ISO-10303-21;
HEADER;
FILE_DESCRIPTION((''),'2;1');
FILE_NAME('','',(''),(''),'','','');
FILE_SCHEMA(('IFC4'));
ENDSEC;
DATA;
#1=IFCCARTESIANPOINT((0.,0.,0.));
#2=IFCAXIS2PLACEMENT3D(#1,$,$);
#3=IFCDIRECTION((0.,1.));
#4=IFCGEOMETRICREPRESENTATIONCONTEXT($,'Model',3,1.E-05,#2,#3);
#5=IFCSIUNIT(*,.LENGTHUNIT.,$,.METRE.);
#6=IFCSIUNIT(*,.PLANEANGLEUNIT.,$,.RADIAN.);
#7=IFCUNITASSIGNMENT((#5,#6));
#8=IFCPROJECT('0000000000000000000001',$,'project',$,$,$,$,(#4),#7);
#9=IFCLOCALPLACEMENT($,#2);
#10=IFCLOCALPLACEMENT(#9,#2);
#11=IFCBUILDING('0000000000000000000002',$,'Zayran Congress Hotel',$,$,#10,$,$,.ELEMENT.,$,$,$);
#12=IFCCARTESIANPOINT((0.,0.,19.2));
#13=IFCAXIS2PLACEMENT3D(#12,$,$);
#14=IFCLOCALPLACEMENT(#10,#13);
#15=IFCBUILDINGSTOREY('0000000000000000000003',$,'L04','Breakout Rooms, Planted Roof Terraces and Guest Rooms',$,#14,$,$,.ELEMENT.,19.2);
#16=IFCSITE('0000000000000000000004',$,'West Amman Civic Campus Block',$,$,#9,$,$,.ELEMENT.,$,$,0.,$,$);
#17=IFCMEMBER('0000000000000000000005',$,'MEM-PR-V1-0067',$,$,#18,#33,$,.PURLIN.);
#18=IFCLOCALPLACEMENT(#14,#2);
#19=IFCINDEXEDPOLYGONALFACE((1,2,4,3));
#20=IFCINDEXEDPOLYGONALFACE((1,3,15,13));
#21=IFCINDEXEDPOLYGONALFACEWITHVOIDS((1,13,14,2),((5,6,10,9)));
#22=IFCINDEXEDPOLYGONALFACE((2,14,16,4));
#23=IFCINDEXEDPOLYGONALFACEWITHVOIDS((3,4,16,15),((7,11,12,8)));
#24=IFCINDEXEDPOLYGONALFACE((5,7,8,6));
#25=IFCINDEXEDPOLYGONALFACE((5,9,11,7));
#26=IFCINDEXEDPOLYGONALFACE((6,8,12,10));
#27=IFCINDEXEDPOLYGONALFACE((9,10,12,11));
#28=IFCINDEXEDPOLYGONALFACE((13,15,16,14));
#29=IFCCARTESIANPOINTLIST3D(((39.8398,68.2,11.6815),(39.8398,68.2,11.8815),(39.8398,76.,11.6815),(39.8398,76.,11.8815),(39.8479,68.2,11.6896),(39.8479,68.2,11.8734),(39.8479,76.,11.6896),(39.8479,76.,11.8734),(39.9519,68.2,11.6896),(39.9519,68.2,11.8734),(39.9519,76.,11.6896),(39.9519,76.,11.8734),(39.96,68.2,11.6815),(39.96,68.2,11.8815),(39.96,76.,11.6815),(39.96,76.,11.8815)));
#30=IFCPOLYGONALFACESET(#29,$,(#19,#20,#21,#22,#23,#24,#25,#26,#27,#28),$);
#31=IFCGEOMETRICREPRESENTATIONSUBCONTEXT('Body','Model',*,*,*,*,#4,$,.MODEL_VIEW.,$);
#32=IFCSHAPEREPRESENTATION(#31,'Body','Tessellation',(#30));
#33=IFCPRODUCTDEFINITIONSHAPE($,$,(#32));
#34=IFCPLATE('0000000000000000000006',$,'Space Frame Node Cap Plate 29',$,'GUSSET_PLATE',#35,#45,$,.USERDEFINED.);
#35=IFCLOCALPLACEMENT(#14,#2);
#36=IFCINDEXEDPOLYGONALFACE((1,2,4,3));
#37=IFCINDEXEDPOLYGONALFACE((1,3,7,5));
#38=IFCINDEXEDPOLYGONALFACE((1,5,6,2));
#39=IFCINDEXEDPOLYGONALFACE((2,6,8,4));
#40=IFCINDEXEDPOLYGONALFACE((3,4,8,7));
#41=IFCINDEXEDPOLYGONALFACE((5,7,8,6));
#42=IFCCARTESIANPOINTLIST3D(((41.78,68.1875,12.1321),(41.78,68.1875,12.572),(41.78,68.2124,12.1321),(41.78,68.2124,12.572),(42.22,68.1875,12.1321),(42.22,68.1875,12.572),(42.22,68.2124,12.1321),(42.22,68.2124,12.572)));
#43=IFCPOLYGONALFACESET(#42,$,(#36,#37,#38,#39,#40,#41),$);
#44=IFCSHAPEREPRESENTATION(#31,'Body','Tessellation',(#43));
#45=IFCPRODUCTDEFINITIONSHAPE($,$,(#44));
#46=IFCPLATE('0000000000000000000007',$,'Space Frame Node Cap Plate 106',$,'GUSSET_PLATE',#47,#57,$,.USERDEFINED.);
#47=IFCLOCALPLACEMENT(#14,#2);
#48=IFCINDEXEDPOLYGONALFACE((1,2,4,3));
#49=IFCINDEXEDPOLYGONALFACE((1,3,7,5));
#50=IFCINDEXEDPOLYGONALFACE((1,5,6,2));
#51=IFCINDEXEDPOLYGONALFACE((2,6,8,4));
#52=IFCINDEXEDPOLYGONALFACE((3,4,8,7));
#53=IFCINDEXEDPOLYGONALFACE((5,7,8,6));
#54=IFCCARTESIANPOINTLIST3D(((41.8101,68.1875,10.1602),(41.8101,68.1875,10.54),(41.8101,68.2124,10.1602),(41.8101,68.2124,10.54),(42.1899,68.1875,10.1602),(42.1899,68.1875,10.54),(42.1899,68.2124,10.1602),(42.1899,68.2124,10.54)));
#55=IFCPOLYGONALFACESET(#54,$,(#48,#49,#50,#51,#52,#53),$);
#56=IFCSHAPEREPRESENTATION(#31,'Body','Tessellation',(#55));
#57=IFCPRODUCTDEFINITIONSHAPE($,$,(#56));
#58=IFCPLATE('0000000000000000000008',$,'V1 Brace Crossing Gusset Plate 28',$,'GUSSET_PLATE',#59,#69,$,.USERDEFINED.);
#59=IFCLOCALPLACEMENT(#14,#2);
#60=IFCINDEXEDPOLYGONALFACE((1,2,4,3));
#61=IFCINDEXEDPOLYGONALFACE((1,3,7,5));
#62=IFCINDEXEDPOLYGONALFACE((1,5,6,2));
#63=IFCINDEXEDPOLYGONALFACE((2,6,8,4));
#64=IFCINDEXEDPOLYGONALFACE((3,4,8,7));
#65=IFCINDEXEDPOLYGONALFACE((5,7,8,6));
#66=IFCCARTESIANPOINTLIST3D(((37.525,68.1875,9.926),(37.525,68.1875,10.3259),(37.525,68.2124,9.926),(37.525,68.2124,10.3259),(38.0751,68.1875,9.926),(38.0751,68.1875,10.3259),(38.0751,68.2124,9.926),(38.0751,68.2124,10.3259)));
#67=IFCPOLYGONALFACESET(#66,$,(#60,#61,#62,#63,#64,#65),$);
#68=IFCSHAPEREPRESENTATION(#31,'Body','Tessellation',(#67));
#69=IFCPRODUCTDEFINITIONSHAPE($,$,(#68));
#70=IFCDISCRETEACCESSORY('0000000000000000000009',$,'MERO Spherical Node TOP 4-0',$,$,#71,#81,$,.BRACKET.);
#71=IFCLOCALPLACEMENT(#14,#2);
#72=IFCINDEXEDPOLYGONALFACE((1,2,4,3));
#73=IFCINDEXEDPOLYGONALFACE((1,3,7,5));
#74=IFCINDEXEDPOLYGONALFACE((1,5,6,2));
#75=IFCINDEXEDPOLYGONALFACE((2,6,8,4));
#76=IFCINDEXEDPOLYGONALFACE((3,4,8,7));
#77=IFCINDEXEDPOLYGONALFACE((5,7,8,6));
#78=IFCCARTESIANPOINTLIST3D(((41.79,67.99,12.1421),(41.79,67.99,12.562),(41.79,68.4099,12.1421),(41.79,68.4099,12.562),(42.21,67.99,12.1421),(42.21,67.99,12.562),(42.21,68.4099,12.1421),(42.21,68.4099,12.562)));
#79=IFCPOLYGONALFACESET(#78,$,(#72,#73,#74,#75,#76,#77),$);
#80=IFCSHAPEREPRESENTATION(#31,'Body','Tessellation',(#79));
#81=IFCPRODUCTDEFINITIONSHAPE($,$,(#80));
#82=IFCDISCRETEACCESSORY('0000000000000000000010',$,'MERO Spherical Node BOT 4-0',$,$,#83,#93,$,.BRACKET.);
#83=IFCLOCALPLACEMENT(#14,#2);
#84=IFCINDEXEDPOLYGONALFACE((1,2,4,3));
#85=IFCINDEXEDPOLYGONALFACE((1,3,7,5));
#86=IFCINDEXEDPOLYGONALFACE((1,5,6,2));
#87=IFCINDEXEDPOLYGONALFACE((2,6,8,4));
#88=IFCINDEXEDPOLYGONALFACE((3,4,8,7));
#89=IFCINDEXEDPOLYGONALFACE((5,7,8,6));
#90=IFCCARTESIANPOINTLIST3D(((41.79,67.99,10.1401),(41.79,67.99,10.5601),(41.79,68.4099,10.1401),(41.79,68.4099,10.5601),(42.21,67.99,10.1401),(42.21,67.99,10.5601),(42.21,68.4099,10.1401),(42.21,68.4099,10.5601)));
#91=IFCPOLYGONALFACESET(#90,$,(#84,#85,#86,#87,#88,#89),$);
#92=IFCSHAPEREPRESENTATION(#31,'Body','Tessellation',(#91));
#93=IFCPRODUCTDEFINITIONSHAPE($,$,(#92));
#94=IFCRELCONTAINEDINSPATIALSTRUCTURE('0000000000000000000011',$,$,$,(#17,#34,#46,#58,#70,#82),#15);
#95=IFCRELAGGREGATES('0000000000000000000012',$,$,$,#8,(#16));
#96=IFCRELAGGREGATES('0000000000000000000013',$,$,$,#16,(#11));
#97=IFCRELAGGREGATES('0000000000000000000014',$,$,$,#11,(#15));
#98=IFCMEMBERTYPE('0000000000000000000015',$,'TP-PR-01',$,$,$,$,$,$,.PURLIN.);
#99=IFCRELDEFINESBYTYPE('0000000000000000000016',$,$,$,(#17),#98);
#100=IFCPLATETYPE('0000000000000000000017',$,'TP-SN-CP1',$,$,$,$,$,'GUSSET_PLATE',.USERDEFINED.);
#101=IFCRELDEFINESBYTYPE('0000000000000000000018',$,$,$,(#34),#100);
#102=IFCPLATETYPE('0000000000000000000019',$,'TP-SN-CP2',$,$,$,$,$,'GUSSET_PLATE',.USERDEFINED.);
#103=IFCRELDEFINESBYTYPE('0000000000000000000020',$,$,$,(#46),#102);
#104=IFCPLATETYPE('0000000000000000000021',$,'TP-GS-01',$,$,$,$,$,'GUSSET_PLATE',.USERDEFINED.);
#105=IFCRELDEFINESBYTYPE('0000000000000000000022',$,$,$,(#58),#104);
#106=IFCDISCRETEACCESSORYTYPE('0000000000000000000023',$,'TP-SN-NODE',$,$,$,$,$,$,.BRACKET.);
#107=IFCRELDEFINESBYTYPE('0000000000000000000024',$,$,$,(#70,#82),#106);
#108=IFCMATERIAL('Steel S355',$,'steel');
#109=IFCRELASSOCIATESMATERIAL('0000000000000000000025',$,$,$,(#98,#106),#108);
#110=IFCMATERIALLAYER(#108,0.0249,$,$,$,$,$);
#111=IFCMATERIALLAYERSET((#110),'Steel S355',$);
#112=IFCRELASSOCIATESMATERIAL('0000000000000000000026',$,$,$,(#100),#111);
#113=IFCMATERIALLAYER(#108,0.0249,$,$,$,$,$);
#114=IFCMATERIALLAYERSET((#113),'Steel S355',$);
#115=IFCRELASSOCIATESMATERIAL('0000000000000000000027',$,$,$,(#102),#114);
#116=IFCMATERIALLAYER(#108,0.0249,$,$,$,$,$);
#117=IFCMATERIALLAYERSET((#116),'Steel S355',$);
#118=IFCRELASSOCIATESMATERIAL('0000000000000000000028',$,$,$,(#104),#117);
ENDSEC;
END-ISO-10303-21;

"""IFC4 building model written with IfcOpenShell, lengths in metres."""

from ifc_helpers import new_model, si_unit, direction, frame, origin, origin_2d, place, context, subcontext, project, spatial, rectangle, hollow_rectangle, extrude, material, layer, layer_set, material_profile, profile_set, type_object, element, save


model = new_model("IFC4")

# Units and contexts
model_context = context("Model", 3, precision=1e-05, world=origin(), true_north=direction((0.0, 1.0)))
body_context = subcontext(model_context, "Body", "Model", "MODEL_VIEW")
ifc_project = project(units=[si_unit("LENGTHUNIT", "METRE"), si_unit("PLANEANGLEUNIT", "RADIAN")], contexts=[model_context])

# Site, building, storey
site_placement = place(None, origin())
site = spatial("IfcSite", under=ifc_project, at=site_placement, Name="West Amman Civic Campus Block", CompositionType="ELEMENT", RefElevation=0.0)
building_placement = place(site_placement, origin())
building = spatial("IfcBuilding", under=site, at=building_placement, Name="Zayran Congress Hotel", CompositionType="ELEMENT")
storey_placement = place(building_placement, frame((0.0, 0.0, 19.2)))
storey = spatial("IfcBuildingStorey", under=building, at=storey_placement, Name="L04", Description="Breakout Rooms, Planted Roof Terraces and Guest Rooms", CompositionType="ELEMENT", Elevation=19.2)

# Shared definitions
ifc_material = material(Name="Steel S355", Category="steel")

# Member
ifc_material_profile_1 = material_profile(ifc_material, hollow_rectangle(XDim=0.1201, YDim=0.2, WallThickness=0.0081, at=origin_2d()), Name="RHS 200x120x8")
ifc_profile_set_1 = profile_set([ifc_material_profile_1], Name="Steel S355")
member_type_1 = type_object("IfcMemberType", Name="TP-PR-01", PredefinedType="PURLIN", material=ifc_profile_set_1)
for number, where, z_axis, x_axis, name in (
    (1, (39.8999, 68.2, 11.7815), (0.0, 1.0, 0.0), (-1.0, 0.0, 0.0), "MEM-PR-V1-0067"),
):
    element("IfcMember", number, at=place(storey_placement, frame(where, z_axis=z_axis, x_axis=x_axis)), inside=storey, type_object=member_type_1, Name=name, PredefinedType="PURLIN", context=body_context, shape_type="SweptSolid", body=[
        extrude(hollow_rectangle(XDim=0.1201, YDim=0.2, WallThickness=0.0081, at=origin_2d()), origin(), (0.0, 0.0, 1.0), 7.8),
    ])

# Plates
ifc_layer_1 = layer(ifc_material, 0.0249)
ifc_layer_set_1 = layer_set([ifc_layer_1], Name="Steel S355")
plate_type_1 = type_object("IfcPlateType", Name="TP-SN-CP1", ElementType="GUSSET_PLATE", PredefinedType="USERDEFINED", material=ifc_layer_set_1)
plate_1_placement = place(storey_placement, frame((42.0, 68.2, 12.1321), z_axis=(0.0, 0.0, 1.0), x_axis=(1.0, 0.0, 0.0)))
element("IfcPlate", 2, at=plate_1_placement, inside=storey, type_object=plate_type_1, Name="Space Frame Node Cap Plate 29", ObjectType="GUSSET_PLATE", PredefinedType="USERDEFINED", context=body_context, shape_type="SweptSolid", body=[
    extrude(rectangle(XDim=0.4399, YDim=0.0249, at=origin_2d()), origin(), (0.0, 0.0, 1.0), 0.4399),
])
ifc_layer_2 = layer(ifc_material, 0.0249)
ifc_layer_set_2 = layer_set([ifc_layer_2], Name="Steel S355")
plate_type_2 = type_object("IfcPlateType", Name="TP-SN-CP2", ElementType="GUSSET_PLATE", PredefinedType="USERDEFINED", material=ifc_layer_set_2)
plate_2_placement = place(storey_placement, frame((42.0, 68.2, 10.1602), z_axis=(0.0, 0.0, 1.0), x_axis=(1.0, 0.0, 0.0)))
element("IfcPlate", 3, at=plate_2_placement, inside=storey, type_object=plate_type_2, Name="Space Frame Node Cap Plate 106", ObjectType="GUSSET_PLATE", PredefinedType="USERDEFINED", context=body_context, shape_type="SweptSolid", body=[
    extrude(rectangle(XDim=0.3799, YDim=0.0249, at=origin_2d()), origin(), (0.0, 0.0, 1.0), 0.3799),
])
ifc_layer_3 = layer(ifc_material, 0.0249)
ifc_layer_set_3 = layer_set([ifc_layer_3], Name="Steel S355")
plate_type_3 = type_object("IfcPlateType", Name="TP-GS-01", ElementType="GUSSET_PLATE", PredefinedType="USERDEFINED", material=ifc_layer_set_3)
plate_3_placement = place(storey_placement, frame((37.8, 68.2, 9.926), z_axis=(0.0, 0.0, 1.0), x_axis=(1.0, 0.0, 0.0)))
element("IfcPlate", 4, at=plate_3_placement, inside=storey, type_object=plate_type_3, Name="V1 Brace Crossing Gusset Plate 28", ObjectType="GUSSET_PLATE", PredefinedType="USERDEFINED", context=body_context, shape_type="SweptSolid", body=[
    extrude(rectangle(XDim=0.55, YDim=0.0249, at=origin_2d()), origin(), (0.0, 0.0, 1.0), 0.3999),
])

# Discrete accessories
discrete_accessory_type = type_object("IfcDiscreteAccessoryType", Name="TP-SN-NODE", PredefinedType="BRACKET", material=ifc_material)
for number, where, z_axis, x_axis, name in (
    (5, (42.0, 68.2, 12.1421), (0.0, 0.0, 1.0), (1.0, 0.0, 0.0), "MERO Spherical Node TOP 4-0"),
    (6, (42.0, 68.2, 10.1401), (0.0, 0.0, 1.0), (1.0, 0.0, 0.0), "MERO Spherical Node BOT 4-0"),
):
    element("IfcDiscreteAccessory", number, at=place(storey_placement, frame(where, z_axis=z_axis, x_axis=x_axis)), inside=storey, type_object=discrete_accessory_type, Name=name, PredefinedType="BRACKET", context=body_context, shape_type="SweptSolid", body=[
        extrude(rectangle(XDim=0.4199, YDim=0.4199, at=origin_2d()), origin(), (0.0, 0.0, 1.0), 0.4199),
    ])

save(model, "model.ifc")
